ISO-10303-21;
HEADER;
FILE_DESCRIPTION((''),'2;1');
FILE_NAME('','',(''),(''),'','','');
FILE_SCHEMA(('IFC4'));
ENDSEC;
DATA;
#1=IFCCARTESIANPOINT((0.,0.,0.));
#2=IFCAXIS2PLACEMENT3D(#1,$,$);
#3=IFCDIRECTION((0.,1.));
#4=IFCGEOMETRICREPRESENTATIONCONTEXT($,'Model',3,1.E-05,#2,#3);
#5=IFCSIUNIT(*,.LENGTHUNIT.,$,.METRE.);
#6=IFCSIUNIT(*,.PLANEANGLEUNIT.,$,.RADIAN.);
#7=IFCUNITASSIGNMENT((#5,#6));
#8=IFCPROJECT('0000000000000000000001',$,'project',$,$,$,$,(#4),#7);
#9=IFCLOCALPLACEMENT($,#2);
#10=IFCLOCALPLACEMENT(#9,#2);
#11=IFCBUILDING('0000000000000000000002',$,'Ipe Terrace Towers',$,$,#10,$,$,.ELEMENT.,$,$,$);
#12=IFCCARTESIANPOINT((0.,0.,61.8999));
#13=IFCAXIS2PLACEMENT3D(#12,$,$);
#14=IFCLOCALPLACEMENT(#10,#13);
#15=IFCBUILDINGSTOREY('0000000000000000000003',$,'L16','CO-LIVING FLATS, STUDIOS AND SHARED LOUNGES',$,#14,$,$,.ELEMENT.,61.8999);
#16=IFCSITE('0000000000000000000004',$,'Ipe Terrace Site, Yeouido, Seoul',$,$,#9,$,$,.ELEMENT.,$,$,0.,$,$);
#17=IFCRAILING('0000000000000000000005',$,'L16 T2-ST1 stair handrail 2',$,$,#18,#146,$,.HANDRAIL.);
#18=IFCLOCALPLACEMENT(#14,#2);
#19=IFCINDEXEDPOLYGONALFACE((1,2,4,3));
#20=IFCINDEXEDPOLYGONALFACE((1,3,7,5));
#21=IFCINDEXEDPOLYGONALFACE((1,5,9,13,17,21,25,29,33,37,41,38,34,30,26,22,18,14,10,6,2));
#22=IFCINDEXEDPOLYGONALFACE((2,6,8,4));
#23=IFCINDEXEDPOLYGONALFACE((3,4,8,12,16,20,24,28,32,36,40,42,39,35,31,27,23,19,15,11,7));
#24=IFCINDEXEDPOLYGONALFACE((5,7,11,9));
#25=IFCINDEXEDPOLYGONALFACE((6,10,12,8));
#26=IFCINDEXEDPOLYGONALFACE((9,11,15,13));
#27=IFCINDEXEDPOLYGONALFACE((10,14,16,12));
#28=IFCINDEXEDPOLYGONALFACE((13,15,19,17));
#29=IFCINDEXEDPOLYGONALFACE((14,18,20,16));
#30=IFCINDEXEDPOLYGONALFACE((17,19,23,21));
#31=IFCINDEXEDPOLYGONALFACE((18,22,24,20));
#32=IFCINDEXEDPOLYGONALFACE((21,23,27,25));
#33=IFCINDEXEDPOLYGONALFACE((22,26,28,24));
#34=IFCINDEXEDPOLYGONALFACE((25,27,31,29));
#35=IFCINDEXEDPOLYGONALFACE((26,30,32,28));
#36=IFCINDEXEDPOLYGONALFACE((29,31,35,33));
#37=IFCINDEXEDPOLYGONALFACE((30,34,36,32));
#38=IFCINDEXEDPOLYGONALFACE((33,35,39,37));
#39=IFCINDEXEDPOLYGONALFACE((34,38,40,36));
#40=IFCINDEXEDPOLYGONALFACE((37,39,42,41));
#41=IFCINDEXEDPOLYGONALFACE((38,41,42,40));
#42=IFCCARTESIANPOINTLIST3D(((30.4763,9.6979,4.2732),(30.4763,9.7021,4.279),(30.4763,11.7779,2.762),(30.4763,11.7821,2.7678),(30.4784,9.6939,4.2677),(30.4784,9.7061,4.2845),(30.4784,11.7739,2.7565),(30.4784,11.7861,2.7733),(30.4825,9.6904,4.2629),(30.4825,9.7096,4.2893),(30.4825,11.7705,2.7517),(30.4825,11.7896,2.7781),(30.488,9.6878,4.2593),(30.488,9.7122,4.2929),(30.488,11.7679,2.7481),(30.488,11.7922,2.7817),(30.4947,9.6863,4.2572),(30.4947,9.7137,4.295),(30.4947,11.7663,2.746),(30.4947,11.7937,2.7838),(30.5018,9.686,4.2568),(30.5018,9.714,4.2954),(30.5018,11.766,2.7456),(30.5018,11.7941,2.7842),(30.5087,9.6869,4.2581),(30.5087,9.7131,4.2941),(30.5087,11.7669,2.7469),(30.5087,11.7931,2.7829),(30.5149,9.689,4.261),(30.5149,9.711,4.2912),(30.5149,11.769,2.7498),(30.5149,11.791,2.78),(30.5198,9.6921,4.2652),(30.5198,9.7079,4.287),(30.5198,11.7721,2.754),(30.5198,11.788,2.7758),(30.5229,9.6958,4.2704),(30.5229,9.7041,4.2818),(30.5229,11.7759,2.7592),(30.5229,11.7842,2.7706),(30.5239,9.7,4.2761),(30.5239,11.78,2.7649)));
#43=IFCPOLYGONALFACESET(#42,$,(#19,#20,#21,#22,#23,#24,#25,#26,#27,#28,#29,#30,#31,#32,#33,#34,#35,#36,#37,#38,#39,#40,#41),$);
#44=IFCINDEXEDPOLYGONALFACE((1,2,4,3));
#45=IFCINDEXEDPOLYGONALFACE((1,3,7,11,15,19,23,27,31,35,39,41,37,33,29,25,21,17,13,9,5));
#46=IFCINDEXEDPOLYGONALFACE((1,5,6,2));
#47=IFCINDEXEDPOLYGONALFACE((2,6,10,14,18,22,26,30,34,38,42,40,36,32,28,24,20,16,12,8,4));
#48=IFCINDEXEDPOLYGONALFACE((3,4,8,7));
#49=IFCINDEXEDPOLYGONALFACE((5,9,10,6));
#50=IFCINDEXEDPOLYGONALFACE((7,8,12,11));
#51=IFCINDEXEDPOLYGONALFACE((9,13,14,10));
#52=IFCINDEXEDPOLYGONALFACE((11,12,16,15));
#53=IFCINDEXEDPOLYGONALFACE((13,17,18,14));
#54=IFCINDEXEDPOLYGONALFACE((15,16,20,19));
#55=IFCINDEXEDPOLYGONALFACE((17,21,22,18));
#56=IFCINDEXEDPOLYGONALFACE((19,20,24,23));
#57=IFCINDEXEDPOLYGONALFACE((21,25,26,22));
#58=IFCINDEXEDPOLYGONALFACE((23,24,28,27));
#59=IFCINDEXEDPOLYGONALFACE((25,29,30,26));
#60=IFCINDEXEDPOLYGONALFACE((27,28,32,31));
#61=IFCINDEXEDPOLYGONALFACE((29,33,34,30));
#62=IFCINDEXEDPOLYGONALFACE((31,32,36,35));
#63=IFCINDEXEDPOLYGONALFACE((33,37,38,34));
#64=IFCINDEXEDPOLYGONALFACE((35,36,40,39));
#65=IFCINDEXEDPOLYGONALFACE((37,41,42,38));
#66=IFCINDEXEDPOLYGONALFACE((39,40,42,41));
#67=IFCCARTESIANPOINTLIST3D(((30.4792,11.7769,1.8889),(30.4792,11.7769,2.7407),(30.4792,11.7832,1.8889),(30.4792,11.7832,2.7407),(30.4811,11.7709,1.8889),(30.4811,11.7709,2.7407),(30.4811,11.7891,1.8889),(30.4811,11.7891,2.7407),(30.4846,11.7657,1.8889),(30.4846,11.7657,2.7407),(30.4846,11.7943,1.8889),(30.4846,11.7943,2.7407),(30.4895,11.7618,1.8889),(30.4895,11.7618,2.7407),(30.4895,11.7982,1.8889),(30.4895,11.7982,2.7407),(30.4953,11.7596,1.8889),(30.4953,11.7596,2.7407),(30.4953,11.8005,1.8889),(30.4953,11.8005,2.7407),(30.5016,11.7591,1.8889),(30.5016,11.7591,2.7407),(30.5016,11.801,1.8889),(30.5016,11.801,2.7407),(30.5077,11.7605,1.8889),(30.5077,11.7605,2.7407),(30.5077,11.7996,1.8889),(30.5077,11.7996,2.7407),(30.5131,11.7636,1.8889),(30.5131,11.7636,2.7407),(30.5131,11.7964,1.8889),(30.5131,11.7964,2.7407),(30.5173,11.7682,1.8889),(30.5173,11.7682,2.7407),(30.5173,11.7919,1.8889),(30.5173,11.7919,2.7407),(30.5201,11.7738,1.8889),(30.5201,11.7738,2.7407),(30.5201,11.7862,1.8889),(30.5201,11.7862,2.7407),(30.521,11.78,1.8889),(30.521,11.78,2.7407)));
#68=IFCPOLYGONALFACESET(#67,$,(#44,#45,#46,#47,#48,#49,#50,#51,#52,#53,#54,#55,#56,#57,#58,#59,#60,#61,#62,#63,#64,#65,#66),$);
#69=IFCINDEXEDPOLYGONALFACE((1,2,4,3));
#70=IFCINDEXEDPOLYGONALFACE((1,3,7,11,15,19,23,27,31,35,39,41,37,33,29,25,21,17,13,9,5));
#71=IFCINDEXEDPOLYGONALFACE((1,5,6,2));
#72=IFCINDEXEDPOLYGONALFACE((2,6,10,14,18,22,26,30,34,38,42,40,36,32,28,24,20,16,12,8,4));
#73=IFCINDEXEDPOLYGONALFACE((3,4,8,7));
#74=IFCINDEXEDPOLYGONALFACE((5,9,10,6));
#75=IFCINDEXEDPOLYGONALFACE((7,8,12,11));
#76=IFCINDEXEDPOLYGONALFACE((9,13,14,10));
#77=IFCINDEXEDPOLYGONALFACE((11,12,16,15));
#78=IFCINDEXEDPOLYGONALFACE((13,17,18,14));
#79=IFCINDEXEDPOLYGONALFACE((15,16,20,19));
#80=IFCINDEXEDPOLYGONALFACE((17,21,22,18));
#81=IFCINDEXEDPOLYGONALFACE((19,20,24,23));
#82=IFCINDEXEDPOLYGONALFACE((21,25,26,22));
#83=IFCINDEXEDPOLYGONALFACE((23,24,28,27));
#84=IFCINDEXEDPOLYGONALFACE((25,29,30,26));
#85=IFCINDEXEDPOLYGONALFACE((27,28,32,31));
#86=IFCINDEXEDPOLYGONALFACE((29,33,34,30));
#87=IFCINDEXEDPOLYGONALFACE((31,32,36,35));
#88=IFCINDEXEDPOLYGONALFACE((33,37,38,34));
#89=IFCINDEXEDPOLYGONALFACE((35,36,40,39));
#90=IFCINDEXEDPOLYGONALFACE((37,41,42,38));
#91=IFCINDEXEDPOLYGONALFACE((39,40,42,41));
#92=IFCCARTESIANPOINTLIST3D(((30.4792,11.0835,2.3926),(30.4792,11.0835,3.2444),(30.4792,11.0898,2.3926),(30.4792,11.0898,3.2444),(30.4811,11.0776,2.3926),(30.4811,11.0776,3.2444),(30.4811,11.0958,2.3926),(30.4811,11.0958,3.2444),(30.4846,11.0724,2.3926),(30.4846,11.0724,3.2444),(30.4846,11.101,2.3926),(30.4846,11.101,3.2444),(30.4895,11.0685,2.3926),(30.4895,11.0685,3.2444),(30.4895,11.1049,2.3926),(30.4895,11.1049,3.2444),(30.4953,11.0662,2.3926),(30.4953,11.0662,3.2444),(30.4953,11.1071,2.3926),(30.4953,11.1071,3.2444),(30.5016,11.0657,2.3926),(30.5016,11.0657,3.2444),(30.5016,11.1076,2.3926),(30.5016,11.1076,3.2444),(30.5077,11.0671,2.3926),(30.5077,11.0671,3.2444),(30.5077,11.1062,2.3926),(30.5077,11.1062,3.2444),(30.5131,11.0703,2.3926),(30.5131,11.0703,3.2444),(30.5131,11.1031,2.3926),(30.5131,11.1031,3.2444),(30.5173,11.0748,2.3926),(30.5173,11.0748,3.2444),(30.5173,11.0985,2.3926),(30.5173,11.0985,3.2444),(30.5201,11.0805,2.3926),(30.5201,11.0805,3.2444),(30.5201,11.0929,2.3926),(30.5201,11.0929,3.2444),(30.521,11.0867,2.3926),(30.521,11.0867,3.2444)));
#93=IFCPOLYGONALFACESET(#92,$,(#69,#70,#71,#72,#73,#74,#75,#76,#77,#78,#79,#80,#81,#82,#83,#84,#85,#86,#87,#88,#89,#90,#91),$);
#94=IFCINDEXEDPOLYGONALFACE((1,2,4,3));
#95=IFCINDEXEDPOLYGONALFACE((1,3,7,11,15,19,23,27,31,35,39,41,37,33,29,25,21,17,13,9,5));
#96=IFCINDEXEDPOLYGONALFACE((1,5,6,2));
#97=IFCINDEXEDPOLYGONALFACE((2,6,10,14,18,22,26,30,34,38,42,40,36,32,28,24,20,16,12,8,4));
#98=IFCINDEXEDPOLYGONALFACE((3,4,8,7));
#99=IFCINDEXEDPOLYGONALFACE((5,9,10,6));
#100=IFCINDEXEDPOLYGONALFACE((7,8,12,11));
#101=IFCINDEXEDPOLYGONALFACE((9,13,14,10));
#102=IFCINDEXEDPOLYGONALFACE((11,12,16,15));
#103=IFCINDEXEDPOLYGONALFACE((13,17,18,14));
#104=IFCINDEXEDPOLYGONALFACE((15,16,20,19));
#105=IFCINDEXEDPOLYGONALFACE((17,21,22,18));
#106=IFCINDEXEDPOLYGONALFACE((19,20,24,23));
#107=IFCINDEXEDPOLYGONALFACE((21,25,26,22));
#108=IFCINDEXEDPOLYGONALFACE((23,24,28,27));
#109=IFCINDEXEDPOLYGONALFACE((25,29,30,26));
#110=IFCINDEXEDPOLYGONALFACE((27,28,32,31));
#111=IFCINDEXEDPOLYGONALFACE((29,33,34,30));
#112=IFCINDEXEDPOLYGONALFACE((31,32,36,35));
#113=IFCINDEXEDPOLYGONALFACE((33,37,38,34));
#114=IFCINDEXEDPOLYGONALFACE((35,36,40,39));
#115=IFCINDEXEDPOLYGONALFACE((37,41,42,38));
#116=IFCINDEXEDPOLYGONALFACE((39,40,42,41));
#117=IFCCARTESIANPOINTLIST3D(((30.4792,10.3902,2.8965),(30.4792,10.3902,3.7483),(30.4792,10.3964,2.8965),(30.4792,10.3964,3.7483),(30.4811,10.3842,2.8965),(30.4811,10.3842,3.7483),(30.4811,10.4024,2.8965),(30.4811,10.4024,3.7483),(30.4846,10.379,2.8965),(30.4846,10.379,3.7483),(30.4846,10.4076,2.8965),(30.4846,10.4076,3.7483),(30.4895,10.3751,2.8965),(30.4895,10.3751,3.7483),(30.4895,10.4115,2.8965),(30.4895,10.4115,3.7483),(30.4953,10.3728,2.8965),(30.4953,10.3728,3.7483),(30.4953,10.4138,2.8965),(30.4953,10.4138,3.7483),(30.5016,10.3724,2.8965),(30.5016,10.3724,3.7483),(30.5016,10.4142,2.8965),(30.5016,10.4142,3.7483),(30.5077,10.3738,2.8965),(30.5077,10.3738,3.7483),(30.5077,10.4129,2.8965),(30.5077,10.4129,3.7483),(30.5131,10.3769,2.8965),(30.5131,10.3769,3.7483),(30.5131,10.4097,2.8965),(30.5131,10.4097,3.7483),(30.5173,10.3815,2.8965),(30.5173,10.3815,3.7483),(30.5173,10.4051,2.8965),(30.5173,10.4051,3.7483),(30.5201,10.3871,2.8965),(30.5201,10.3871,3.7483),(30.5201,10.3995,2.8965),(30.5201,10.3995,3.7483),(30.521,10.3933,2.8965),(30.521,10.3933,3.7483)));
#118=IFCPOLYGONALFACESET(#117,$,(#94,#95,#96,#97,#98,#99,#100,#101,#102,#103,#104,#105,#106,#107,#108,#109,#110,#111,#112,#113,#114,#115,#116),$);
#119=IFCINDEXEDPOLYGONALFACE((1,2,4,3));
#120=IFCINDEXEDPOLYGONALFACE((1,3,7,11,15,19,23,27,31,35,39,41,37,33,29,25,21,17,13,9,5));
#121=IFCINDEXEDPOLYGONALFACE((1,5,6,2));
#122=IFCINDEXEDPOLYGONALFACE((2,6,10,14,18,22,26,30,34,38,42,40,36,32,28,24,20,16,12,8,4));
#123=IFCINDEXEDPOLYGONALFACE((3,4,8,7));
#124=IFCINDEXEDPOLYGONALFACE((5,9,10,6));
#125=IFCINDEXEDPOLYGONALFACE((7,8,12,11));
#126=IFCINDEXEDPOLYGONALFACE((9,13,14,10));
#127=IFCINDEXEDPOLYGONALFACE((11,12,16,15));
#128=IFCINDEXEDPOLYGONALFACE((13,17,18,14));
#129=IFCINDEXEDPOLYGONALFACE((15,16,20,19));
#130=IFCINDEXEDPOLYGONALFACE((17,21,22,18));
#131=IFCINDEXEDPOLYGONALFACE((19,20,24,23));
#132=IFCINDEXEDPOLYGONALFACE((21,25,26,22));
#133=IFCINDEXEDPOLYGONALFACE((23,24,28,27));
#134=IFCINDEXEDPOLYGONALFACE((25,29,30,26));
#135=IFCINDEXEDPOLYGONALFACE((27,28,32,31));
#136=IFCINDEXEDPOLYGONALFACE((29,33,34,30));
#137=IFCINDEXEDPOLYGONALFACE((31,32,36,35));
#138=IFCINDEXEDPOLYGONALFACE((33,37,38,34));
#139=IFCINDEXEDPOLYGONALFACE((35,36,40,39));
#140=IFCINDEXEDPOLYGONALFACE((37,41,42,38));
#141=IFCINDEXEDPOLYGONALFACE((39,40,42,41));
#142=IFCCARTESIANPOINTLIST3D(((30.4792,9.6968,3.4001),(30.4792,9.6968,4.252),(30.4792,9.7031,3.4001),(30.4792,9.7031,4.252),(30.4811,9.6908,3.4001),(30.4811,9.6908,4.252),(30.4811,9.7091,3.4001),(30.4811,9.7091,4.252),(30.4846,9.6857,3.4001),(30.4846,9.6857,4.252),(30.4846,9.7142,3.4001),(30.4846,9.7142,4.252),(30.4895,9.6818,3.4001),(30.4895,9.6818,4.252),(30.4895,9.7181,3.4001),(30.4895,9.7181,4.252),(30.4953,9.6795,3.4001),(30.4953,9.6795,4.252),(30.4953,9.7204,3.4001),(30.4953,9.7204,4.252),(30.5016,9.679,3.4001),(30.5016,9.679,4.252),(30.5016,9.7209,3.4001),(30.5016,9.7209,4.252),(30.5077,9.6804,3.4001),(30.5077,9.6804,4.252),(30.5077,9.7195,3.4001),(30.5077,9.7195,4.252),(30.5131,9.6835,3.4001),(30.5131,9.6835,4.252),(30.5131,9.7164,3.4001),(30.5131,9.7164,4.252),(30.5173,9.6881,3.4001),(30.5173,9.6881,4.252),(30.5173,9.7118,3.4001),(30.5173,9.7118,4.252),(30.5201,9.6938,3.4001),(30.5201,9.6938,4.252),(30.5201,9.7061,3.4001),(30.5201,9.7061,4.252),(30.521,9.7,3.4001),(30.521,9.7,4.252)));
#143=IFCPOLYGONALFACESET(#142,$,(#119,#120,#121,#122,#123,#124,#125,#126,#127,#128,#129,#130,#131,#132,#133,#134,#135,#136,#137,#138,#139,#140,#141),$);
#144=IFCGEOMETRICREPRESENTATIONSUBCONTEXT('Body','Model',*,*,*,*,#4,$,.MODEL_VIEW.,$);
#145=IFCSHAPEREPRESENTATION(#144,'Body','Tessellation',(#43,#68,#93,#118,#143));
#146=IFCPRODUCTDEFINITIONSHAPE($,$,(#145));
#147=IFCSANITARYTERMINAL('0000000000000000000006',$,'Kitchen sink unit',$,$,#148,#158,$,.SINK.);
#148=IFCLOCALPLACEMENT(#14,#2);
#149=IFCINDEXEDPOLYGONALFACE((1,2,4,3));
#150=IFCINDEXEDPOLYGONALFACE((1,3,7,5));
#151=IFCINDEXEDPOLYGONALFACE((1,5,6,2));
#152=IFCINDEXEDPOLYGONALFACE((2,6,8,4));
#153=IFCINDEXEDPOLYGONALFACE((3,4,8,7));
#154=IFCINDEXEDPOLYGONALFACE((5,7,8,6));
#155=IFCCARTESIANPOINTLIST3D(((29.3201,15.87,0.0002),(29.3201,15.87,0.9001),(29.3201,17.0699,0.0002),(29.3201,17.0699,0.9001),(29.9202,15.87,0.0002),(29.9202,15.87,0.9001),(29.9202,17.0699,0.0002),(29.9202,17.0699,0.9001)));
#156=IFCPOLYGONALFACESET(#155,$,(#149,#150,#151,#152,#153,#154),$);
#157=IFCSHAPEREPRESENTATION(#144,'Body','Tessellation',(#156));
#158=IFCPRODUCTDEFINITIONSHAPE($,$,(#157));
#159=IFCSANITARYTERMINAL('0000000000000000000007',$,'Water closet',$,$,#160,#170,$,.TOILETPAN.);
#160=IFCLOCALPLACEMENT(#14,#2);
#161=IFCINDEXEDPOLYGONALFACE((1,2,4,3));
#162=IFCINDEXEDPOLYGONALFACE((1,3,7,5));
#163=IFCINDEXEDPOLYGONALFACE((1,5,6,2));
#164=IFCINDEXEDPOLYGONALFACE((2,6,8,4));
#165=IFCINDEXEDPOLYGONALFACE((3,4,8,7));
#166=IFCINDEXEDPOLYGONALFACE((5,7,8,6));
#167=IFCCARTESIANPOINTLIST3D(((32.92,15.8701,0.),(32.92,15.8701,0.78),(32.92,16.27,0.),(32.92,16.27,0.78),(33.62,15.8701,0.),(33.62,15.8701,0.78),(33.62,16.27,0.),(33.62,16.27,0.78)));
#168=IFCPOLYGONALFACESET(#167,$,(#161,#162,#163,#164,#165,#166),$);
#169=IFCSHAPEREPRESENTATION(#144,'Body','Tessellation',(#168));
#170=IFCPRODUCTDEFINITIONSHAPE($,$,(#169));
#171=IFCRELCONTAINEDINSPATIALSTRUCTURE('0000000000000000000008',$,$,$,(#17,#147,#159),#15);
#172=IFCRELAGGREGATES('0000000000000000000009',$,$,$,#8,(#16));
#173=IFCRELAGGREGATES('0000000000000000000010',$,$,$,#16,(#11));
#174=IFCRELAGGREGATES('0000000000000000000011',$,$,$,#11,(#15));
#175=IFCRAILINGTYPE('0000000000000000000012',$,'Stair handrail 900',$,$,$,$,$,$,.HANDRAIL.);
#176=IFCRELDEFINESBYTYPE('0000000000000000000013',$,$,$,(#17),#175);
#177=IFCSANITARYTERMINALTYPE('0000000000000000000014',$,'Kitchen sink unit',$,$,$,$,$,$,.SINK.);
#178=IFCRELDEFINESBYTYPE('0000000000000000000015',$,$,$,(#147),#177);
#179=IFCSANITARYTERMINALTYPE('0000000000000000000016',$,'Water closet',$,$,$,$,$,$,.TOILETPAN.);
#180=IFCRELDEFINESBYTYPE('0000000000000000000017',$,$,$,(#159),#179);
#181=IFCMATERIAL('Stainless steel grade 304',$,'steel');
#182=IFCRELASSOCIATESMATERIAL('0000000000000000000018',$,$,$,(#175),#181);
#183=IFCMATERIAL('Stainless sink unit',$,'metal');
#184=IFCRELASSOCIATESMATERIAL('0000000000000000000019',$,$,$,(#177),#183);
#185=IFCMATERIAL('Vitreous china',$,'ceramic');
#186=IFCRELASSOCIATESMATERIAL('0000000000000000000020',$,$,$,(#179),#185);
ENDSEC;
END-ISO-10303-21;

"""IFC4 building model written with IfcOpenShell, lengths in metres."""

from ifc_helpers import new_model, si_unit, direction, frame, origin, origin_2d, place, context, subcontext, project, spatial, rectangle, circle, extrude, material, type_object, element, save


model = new_model("IFC4")

# Units and contexts
model_context = context("Model", 3, precision=1e-05, world=origin(), true_north=direction((0.0, 1.0)))
body_context = subcontext(model_context, "Body", "Model", "MODEL_VIEW")
ifc_project = project(units=[si_unit("LENGTHUNIT", "METRE"), si_unit("PLANEANGLEUNIT", "RADIAN")], contexts=[model_context])

# Site, building, storey
site_placement = place(None, origin())
site = spatial("IfcSite", under=ifc_project, at=site_placement, Name="Ipe Terrace Site, Yeouido, Seoul", CompositionType="ELEMENT", RefElevation=0.0)
building_placement = place(site_placement, origin())
building = spatial("IfcBuilding", under=site, at=building_placement, Name="Ipe Terrace Towers", CompositionType="ELEMENT")
storey_placement = place(building_placement, frame((0.0, 0.0, 61.8999)))
storey = spatial("IfcBuildingStorey", under=building, at=storey_placement, Name="L16", Description="CO-LIVING FLATS, STUDIOS AND SHARED LOUNGES", CompositionType="ELEMENT", Elevation=61.8999)

# Railing
ifc_material_1 = material(Name="Stainless steel grade 304", Category="steel")
railing_type_1 = type_object("IfcRailingType", Name="Stair handrail 900", PredefinedType="HANDRAIL", material=ifc_material_1)
railing_1_placement = place(storey_placement, frame((30.5, 11.78, 1.8889)))
element("IfcRailing", 1, at=railing_1_placement, inside=storey, type_object=railing_type_1, Name="L16 T2-ST1 stair handrail 2", PredefinedType="HANDRAIL", context=body_context, shape_type="SweptSolid", body=[
    extrude(circle(Radius=0.0239, at=origin_2d()), frame((0.0, 0.0, 0.876), z_axis=(0.0, -0.809023, 0.587776), x_axis=(1.0, 0.0, 0.0)), (0.0, 0.0, 1.0), 2.571),
    extrude(circle(Radius=0.021, at=origin_2d()), origin(), (0.0, 0.0, 1.0), 0.8518),
    extrude(circle(Radius=0.021, at=origin_2d()), frame((0.0, -0.6934, 0.5037)), (0.0, 0.0, 1.0), 0.8518),
    extrude(circle(Radius=0.021, at=origin_2d()), frame((0.0, -1.3867, 1.0076)), (0.0, 0.0, 1.0), 0.8518),
    extrude(circle(Radius=0.021, at=origin_2d()), frame((0.0, -2.0801, 1.5112)), (0.0, 0.0, 1.0), 0.8518),
])

# Sanitary terminals
ifc_material_2 = material(Name="Stainless sink unit", Category="metal")
sanitary_terminal_type_1 = type_object("IfcSanitaryTerminalType", Name="Kitchen sink unit", PredefinedType="SINK", material=ifc_material_2)
sanitary_terminal_1_placement = place(storey_placement, frame((29.6201, 16.47, 0.0002), z_axis=(0.0, 0.0, 1.0), x_axis=(0.0, 1.0, 0.0)))
element("IfcSanitaryTerminal", 2, at=sanitary_terminal_1_placement, inside=storey, type_object=sanitary_terminal_type_1, Name="Kitchen sink unit", PredefinedType="SINK", context=body_context, shape_type="SweptSolid", body=[
    extrude(rectangle(XDim=1.2, YDim=0.6001, at=origin_2d()), origin(), (0.0, 0.0, 1.0), 0.8999),
])
ifc_material_3 = material(Name="Vitreous china", Category="ceramic")
sanitary_terminal_type_2 = type_object("IfcSanitaryTerminalType", Name="Water closet", PredefinedType="TOILETPAN", material=ifc_material_3)
sanitary_terminal_2_placement = place(storey_placement, frame((33.27, 16.0701, 0.0), z_axis=(0.0, 0.0, 1.0), x_axis=(1.0, 0.0, 0.0)))
element("IfcSanitaryTerminal", 3, at=sanitary_terminal_2_placement, inside=storey, type_object=sanitary_terminal_type_2, Name="Water closet", PredefinedType="TOILETPAN", context=body_context, shape_type="SweptSolid", body=[
    extrude(rectangle(XDim=0.7, YDim=0.3999, at=origin_2d()), origin(), (0.0, 0.0, 1.0), 0.78),
])

save(model, "model.ifc")
